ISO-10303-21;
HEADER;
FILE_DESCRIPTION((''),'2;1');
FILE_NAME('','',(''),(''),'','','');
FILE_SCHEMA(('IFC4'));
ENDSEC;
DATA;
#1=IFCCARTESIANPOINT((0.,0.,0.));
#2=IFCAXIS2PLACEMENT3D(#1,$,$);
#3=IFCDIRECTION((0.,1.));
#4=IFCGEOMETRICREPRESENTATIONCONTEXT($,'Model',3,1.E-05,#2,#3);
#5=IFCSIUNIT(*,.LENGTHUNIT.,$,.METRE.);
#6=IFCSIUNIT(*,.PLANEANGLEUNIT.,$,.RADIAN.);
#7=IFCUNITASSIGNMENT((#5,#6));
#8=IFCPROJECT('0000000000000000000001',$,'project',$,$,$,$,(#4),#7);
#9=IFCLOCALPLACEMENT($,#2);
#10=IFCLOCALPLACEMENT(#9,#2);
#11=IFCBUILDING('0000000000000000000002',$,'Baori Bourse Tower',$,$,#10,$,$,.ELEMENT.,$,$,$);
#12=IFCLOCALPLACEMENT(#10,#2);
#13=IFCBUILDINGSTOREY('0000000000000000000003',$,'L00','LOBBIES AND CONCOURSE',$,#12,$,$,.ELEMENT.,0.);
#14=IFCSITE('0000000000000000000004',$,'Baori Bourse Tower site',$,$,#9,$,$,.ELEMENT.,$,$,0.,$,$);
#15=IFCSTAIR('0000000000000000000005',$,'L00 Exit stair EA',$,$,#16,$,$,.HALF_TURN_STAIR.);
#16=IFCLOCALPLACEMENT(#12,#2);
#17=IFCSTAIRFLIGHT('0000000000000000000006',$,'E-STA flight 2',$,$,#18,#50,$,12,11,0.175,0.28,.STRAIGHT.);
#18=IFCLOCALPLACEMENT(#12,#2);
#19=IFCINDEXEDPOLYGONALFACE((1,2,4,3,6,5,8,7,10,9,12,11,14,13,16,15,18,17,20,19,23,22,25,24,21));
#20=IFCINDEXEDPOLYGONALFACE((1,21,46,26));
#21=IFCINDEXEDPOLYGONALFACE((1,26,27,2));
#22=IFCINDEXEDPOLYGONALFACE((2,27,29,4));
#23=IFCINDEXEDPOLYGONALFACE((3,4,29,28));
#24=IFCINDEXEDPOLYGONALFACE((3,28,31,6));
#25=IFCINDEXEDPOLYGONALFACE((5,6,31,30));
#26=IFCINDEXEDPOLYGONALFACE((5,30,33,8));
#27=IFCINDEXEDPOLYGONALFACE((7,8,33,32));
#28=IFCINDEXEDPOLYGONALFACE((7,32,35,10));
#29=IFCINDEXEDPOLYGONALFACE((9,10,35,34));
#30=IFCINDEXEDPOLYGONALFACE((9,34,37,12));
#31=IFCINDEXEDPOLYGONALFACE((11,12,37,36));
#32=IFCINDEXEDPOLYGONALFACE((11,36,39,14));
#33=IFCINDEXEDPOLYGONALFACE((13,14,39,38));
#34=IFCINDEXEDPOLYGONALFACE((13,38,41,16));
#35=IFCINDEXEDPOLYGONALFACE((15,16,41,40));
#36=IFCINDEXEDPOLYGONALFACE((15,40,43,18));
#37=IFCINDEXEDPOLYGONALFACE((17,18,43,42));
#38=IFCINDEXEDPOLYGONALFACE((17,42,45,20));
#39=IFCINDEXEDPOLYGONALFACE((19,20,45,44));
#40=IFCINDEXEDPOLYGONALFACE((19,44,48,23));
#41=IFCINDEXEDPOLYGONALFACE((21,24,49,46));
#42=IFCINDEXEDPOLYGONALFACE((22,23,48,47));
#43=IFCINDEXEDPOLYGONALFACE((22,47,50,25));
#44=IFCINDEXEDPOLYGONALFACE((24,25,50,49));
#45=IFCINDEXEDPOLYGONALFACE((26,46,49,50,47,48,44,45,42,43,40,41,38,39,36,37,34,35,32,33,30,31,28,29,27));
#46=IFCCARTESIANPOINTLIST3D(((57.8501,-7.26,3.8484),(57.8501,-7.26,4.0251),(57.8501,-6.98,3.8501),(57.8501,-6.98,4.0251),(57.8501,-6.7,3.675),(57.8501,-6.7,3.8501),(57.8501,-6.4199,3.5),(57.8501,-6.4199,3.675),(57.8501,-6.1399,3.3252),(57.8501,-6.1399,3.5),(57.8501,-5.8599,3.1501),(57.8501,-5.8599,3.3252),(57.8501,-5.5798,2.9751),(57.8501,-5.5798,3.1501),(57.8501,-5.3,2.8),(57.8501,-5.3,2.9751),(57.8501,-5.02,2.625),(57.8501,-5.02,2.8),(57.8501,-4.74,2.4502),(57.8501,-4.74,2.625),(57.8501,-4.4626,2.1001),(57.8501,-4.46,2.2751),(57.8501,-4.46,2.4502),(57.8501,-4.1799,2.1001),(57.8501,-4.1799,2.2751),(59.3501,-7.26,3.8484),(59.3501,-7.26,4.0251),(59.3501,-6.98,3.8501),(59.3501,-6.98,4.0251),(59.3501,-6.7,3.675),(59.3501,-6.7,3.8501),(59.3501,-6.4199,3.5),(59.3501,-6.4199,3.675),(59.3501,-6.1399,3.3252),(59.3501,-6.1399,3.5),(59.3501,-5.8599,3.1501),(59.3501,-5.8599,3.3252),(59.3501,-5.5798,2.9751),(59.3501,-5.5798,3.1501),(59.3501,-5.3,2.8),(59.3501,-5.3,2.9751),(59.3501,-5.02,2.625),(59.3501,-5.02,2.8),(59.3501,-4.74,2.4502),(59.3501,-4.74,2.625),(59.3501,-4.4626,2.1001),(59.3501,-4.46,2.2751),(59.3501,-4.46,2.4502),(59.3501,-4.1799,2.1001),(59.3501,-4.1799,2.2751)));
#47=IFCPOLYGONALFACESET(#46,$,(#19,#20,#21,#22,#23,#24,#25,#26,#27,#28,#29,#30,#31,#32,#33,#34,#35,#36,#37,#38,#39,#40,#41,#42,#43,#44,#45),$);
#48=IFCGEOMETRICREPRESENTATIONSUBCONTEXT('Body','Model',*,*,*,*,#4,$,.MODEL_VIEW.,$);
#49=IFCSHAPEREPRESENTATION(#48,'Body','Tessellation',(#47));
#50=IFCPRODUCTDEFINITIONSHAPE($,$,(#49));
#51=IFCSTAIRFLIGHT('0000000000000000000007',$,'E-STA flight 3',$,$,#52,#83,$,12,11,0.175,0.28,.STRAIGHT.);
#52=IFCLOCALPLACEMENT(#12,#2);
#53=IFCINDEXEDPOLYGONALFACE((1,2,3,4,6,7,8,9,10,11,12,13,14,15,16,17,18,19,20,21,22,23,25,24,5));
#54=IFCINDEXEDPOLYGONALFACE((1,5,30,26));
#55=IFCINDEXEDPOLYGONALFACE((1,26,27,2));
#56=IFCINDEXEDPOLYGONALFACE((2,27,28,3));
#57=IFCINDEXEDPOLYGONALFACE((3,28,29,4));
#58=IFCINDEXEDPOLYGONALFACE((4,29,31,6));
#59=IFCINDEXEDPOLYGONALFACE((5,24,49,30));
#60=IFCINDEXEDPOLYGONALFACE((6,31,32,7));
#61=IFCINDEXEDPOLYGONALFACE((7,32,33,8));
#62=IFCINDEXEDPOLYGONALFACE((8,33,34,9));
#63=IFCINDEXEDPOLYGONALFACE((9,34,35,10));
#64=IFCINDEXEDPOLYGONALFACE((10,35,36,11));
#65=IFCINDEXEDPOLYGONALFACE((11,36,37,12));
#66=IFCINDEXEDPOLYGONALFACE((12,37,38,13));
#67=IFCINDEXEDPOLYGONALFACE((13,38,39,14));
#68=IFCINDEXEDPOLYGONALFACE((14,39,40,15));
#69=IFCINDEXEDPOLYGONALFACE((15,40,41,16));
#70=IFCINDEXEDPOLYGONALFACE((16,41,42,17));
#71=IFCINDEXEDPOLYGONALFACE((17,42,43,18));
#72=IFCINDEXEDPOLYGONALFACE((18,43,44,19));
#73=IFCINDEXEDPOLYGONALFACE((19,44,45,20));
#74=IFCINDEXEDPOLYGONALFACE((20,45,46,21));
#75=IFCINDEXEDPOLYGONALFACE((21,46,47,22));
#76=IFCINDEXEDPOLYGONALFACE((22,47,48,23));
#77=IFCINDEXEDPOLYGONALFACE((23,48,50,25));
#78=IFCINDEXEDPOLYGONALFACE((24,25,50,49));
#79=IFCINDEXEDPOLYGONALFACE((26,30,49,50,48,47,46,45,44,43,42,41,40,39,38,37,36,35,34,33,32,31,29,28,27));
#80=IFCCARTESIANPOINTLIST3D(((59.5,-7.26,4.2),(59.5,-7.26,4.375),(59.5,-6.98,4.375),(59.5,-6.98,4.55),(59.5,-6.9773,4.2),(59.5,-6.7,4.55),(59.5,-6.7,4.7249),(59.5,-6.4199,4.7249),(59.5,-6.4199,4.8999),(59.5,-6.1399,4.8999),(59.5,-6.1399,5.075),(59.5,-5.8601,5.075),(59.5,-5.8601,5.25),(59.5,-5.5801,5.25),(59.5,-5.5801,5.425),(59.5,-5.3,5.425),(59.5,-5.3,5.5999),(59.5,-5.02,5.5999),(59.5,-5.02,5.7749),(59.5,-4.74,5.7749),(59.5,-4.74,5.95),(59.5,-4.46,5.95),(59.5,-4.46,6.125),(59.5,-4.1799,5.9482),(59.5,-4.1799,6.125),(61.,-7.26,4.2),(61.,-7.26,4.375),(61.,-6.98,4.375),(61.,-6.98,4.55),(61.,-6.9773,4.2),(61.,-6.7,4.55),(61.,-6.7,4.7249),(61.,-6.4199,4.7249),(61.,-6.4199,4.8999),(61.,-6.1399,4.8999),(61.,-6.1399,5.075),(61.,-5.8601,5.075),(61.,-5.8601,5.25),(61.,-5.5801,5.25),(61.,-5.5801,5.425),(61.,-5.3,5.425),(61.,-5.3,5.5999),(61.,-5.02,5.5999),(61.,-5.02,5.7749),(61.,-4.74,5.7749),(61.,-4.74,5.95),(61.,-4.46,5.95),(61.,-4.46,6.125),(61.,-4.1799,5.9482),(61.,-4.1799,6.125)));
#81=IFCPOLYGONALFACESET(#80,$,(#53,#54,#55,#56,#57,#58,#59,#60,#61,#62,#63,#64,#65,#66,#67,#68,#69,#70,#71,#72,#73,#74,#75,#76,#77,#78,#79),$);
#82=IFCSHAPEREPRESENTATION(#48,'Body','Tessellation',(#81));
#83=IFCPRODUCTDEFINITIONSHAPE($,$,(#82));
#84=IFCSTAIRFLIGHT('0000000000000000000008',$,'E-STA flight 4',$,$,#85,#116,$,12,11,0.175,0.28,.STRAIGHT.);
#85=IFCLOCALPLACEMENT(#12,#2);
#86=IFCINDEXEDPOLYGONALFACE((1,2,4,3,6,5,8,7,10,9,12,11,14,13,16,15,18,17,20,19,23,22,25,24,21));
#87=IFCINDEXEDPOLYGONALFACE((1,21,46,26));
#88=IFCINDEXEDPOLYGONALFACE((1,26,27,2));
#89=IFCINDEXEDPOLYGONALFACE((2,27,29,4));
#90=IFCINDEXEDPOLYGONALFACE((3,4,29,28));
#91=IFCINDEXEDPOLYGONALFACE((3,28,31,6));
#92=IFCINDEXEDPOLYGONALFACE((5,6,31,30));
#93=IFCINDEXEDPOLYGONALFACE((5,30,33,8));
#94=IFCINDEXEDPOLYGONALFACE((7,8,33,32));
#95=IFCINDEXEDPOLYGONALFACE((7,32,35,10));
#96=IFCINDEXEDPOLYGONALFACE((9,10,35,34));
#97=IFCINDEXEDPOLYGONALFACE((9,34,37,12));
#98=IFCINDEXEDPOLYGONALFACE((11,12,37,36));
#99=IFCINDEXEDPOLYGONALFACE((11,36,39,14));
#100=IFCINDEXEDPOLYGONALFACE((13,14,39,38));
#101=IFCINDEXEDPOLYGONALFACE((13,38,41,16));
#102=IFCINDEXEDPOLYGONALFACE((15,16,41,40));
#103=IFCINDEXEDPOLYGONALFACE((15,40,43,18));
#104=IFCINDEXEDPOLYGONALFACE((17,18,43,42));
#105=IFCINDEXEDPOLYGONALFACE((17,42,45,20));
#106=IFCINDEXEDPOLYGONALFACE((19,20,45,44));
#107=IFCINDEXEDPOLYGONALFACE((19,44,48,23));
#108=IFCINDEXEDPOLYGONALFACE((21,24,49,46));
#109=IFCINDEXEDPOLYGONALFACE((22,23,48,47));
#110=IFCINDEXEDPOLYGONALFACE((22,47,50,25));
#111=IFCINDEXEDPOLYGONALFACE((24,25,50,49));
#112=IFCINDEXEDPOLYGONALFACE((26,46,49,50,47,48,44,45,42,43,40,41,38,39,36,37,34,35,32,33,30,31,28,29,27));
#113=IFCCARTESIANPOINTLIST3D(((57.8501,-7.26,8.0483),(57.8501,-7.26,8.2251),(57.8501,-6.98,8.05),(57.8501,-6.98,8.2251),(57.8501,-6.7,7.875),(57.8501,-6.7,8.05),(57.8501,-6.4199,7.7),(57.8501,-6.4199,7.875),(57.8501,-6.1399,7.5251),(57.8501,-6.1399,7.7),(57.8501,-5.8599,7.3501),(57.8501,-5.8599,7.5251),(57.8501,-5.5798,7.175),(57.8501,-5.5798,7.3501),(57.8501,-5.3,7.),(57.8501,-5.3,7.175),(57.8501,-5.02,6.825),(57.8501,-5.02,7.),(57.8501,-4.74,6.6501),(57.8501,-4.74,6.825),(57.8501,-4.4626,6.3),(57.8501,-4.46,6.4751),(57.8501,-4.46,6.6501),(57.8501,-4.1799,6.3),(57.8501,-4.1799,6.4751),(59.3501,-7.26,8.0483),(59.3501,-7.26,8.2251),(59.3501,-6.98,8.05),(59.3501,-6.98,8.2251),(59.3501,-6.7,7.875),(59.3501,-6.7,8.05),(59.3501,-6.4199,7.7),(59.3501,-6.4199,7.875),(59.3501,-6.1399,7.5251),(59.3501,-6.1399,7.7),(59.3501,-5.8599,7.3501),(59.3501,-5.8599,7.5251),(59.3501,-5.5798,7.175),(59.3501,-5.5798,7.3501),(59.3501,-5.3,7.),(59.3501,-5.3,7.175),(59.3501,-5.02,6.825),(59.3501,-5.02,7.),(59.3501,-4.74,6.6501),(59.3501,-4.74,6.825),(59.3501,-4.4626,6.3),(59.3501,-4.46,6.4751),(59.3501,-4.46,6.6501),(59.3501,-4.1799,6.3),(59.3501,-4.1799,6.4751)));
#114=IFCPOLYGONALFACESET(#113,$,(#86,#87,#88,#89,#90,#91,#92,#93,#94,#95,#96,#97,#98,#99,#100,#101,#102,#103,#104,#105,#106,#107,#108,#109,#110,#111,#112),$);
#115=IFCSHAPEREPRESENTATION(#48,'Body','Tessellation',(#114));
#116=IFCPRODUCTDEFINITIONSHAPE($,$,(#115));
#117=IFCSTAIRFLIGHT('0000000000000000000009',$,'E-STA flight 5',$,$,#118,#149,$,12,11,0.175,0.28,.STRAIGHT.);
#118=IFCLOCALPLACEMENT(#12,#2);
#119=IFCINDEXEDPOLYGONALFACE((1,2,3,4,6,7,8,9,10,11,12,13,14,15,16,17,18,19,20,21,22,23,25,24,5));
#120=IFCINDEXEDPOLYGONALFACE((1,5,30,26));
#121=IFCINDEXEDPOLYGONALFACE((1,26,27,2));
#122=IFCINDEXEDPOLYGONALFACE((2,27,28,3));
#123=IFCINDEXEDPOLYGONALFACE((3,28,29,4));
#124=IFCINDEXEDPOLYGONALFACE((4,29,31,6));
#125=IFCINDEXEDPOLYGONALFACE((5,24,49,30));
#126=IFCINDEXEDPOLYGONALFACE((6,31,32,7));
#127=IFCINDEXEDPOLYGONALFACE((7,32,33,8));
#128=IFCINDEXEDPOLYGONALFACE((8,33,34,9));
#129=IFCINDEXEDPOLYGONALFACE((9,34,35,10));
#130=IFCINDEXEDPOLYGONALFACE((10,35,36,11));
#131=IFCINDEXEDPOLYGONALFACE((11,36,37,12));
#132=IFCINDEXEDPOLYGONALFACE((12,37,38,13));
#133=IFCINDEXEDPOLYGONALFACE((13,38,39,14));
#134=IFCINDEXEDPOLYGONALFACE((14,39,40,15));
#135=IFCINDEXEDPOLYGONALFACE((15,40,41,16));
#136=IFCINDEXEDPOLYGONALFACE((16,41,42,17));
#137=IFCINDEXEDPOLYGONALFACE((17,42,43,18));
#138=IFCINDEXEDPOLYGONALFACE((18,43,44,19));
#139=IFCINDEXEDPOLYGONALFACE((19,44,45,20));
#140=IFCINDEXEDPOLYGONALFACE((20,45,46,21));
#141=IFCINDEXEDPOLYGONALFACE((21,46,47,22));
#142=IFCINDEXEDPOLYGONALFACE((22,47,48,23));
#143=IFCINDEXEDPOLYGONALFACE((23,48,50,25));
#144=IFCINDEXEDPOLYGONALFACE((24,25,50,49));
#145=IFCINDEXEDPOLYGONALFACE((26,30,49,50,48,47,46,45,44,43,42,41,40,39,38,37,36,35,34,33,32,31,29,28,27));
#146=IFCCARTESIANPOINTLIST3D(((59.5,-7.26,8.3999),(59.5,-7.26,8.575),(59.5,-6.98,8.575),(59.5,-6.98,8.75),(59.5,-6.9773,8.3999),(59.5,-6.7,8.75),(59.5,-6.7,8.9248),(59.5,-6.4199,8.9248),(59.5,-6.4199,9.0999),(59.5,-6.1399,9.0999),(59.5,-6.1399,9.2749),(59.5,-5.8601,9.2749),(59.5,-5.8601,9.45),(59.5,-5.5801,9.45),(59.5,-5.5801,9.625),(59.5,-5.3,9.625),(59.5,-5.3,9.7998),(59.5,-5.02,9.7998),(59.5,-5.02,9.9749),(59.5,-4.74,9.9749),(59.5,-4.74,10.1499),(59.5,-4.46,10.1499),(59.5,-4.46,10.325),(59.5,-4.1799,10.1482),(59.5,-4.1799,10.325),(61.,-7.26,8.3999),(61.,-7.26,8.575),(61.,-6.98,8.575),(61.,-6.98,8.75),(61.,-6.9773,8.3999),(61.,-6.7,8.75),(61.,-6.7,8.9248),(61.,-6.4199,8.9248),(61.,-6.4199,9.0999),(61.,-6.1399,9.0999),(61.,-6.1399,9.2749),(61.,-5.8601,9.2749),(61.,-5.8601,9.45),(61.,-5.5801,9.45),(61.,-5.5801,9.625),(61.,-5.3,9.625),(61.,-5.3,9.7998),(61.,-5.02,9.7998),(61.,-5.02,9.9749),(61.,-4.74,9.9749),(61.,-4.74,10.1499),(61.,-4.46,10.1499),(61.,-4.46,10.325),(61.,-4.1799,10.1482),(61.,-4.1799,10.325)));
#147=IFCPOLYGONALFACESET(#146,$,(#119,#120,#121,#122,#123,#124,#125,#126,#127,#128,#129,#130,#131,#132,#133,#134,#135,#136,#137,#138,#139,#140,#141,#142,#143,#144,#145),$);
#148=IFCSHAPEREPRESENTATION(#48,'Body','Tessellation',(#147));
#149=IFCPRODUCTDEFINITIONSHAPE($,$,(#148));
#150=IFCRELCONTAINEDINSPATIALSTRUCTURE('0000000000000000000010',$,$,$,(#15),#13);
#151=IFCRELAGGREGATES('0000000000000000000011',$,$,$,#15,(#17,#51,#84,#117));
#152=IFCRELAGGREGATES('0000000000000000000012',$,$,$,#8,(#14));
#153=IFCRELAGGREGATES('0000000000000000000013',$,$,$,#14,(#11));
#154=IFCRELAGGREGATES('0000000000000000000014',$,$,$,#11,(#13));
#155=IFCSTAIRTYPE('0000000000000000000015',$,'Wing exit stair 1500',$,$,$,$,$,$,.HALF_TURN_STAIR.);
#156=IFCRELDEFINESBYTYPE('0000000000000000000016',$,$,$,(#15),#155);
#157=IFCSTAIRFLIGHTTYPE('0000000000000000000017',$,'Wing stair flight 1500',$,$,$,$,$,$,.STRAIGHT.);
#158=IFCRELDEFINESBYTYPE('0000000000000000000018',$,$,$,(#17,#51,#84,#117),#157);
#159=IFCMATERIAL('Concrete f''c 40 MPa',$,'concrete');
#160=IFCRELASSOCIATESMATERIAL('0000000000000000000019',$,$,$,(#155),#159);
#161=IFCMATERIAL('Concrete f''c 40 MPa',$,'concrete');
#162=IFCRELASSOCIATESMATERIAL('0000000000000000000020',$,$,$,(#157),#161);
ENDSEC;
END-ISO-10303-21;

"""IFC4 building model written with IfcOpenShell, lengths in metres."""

from ifc_helpers import new_model, si_unit, direction, frame, origin, place, context, subcontext, project, spatial, polyline, outline, extrude, material, type_object, element, aggregate, save


model = new_model("IFC4")

# Units and contexts
model_context = context("Model", 3, precision=1e-05, world=origin(), true_north=direction((0.0, 1.0)))
body_context = subcontext(model_context, "Body", "Model", "MODEL_VIEW")
ifc_project = project(units=[si_unit("LENGTHUNIT", "METRE"), si_unit("PLANEANGLEUNIT", "RADIAN")], contexts=[model_context])

# Site, building, storey
site_placement = place(None, origin())
site = spatial("IfcSite", under=ifc_project, at=site_placement, Name="Baori Bourse Tower site", CompositionType="ELEMENT", RefElevation=0.0)
building_placement = place(site_placement, origin())
building = spatial("IfcBuilding", under=site, at=building_placement, Name="Baori Bourse Tower", CompositionType="ELEMENT")
storey_placement = place(building_placement, origin())
storey = spatial("IfcBuildingStorey", under=building, at=storey_placement, Name="L00", Description="LOBBIES AND CONCOURSE", CompositionType="ELEMENT", Elevation=0.0)

# Stair, stair flights
ifc_material_1 = material(Name="Concrete f'c 40 MPa", Category="concrete")
stair_type = type_object("IfcStairType", Name="Wing exit stair 1500", PredefinedType="HALF_TURN_STAIR", material=ifc_material_1)
stair_placement = place(storey_placement, origin())
stair = element("IfcStair", 1, at=stair_placement, inside=storey, type_object=stair_type, Name="L00 Exit stair EA", PredefinedType="HALF_TURN_STAIR")
ifc_material_2 = material(Name="Concrete f'c 40 MPa", Category="concrete")
stair_flight_type = type_object("IfcStairFlightType", Name="Wing stair flight 1500", PredefinedType="STRAIGHT", material=ifc_material_2)
stair_flight_1_placement = place(storey_placement, frame((58.6001, -4.1799, 2.1001), z_axis=(0.0, 0.0, 1.0), x_axis=(0.0, -1.0, 0.0)))
stair_flight_1 = element("IfcStairFlight", 2, at=stair_flight_1_placement, type_object=stair_flight_type, Name="E-STA flight 2", NumberOfRisers=12, NumberOfTreads=11, PredefinedType="STRAIGHT", RiserHeight=0.175, TreadLength=0.28, context=body_context, shape_type="SweptSolid", body=[
    extrude(outline(polyline([(0.0, 0.0), (0.0, 0.175), (0.28, 0.175), (0.28, 0.3501), (0.5601, 0.3501), (0.5601, 0.5249), (0.8401, 0.5249), (0.8401, 0.7), (1.1201, 0.7), (1.1201, 0.875), (1.3999, 0.875), (1.3999, 1.05), (1.6799, 1.05), (1.6799, 1.2251), (1.96, 1.2251), (1.96, 1.3999), (2.24, 1.3999), (2.24, 1.575), (2.52, 1.575), (2.52, 1.75), (2.8, 1.75), (2.8, 1.925), (3.0801, 1.925), (3.0801, 2.1001), (3.0801, 1.7483), (0.2827, 0.0), (0.0, 0.0)])), frame((0.0, 0.75, 0.0), z_axis=(0.0, -1.0, 0.0), x_axis=(1.0, 0.0, 0.0)), (0.0, 0.0, 1.0), 1.5),
])
stair_flight_2_placement = place(storey_placement, frame((60.25, -7.26, 4.2), z_axis=(0.0, 0.0, 1.0), x_axis=(0.0, 1.0, 0.0)))
stair_flight_2 = element("IfcStairFlight", 3, at=stair_flight_2_placement, type_object=stair_flight_type, Name="E-STA flight 3", NumberOfRisers=12, NumberOfTreads=11, PredefinedType="STRAIGHT", RiserHeight=0.175, TreadLength=0.28, context=body_context, shape_type="SweptSolid", body=[
    extrude(outline(polyline([(0.0, 0.0), (0.0, 0.175), (0.28, 0.175), (0.28, 0.3501), (0.5601, 0.3501), (0.5601, 0.5249), (0.8401, 0.5249), (0.8401, 0.7), (1.1201, 0.7), (1.1201, 0.875), (1.3999, 0.875), (1.3999, 1.05), (1.6799, 1.05), (1.6799, 1.2251), (1.96, 1.2251), (1.96, 1.3999), (2.24, 1.3999), (2.24, 1.575), (2.52, 1.575), (2.52, 1.75), (2.8, 1.75), (2.8, 1.925), (3.0801, 1.925), (3.0801, 2.1001), (3.0801, 1.7483), (0.2827, 0.0), (0.0, 0.0)])), frame((0.0, 0.75, 0.0), z_axis=(0.0, -1.0, 0.0), x_axis=(1.0, 0.0, 0.0)), (0.0, 0.0, 1.0), 1.5),
])
stair_flight_3_placement = place(storey_placement, frame((58.6001, -4.1799, 6.3), z_axis=(0.0, 0.0, 1.0), x_axis=(0.0, -1.0, 0.0)))
stair_flight_3 = element("IfcStairFlight", 4, at=stair_flight_3_placement, type_object=stair_flight_type, Name="E-STA flight 4", NumberOfRisers=12, NumberOfTreads=11, PredefinedType="STRAIGHT", RiserHeight=0.175, TreadLength=0.28, context=body_context, shape_type="SweptSolid", body=[
    extrude(outline(polyline([(0.0, 0.0), (0.0, 0.175), (0.28, 0.175), (0.28, 0.3501), (0.5601, 0.3501), (0.5601, 0.5249), (0.8401, 0.5249), (0.8401, 0.7), (1.1201, 0.7), (1.1201, 0.875), (1.3999, 0.875), (1.3999, 1.05), (1.6799, 1.05), (1.6799, 1.2251), (1.96, 1.2251), (1.96, 1.3999), (2.24, 1.3999), (2.24, 1.575), (2.52, 1.575), (2.52, 1.75), (2.8, 1.75), (2.8, 1.925), (3.0801, 1.925), (3.0801, 2.1001), (3.0801, 1.7483), (0.2827, 0.0), (0.0, 0.0)])), frame((0.0, 0.75, 0.0), z_axis=(0.0, -1.0, 0.0), x_axis=(1.0, 0.0, 0.0)), (0.0, 0.0, 1.0), 1.5),
])
stair_flight_4_placement = place(storey_placement, frame((60.25, -7.26, 8.3999), z_axis=(0.0, 0.0, 1.0), x_axis=(0.0, 1.0, 0.0)))
stair_flight_4 = element("IfcStairFlight", 5, at=stair_flight_4_placement, type_object=stair_flight_type, Name="E-STA flight 5", NumberOfRisers=12, NumberOfTreads=11, PredefinedType="STRAIGHT", RiserHeight=0.175, TreadLength=0.28, context=body_context, shape_type="SweptSolid", body=[
    extrude(outline(polyline([(0.0, 0.0), (0.0, 0.175), (0.28, 0.175), (0.28, 0.3501), (0.5601, 0.3501), (0.5601, 0.5249), (0.8401, 0.5249), (0.8401, 0.7), (1.1201, 0.7), (1.1201, 0.875), (1.3999, 0.875), (1.3999, 1.05), (1.6799, 1.05), (1.6799, 1.2251), (1.96, 1.2251), (1.96, 1.3999), (2.24, 1.3999), (2.24, 1.575), (2.52, 1.575), (2.52, 1.75), (2.8, 1.75), (2.8, 1.925), (3.0801, 1.925), (3.0801, 2.1001), (3.0801, 1.7483), (0.2827, 0.0), (0.0, 0.0)])), frame((0.0, 0.75, 0.0), z_axis=(0.0, -1.0, 0.0), x_axis=(1.0, 0.0, 0.0)), (0.0, 0.0, 1.0), 1.5),
])
aggregate(stair, [stair_flight_1, stair_flight_2, stair_flight_3, stair_flight_4])

save(model, "model.ifc")
